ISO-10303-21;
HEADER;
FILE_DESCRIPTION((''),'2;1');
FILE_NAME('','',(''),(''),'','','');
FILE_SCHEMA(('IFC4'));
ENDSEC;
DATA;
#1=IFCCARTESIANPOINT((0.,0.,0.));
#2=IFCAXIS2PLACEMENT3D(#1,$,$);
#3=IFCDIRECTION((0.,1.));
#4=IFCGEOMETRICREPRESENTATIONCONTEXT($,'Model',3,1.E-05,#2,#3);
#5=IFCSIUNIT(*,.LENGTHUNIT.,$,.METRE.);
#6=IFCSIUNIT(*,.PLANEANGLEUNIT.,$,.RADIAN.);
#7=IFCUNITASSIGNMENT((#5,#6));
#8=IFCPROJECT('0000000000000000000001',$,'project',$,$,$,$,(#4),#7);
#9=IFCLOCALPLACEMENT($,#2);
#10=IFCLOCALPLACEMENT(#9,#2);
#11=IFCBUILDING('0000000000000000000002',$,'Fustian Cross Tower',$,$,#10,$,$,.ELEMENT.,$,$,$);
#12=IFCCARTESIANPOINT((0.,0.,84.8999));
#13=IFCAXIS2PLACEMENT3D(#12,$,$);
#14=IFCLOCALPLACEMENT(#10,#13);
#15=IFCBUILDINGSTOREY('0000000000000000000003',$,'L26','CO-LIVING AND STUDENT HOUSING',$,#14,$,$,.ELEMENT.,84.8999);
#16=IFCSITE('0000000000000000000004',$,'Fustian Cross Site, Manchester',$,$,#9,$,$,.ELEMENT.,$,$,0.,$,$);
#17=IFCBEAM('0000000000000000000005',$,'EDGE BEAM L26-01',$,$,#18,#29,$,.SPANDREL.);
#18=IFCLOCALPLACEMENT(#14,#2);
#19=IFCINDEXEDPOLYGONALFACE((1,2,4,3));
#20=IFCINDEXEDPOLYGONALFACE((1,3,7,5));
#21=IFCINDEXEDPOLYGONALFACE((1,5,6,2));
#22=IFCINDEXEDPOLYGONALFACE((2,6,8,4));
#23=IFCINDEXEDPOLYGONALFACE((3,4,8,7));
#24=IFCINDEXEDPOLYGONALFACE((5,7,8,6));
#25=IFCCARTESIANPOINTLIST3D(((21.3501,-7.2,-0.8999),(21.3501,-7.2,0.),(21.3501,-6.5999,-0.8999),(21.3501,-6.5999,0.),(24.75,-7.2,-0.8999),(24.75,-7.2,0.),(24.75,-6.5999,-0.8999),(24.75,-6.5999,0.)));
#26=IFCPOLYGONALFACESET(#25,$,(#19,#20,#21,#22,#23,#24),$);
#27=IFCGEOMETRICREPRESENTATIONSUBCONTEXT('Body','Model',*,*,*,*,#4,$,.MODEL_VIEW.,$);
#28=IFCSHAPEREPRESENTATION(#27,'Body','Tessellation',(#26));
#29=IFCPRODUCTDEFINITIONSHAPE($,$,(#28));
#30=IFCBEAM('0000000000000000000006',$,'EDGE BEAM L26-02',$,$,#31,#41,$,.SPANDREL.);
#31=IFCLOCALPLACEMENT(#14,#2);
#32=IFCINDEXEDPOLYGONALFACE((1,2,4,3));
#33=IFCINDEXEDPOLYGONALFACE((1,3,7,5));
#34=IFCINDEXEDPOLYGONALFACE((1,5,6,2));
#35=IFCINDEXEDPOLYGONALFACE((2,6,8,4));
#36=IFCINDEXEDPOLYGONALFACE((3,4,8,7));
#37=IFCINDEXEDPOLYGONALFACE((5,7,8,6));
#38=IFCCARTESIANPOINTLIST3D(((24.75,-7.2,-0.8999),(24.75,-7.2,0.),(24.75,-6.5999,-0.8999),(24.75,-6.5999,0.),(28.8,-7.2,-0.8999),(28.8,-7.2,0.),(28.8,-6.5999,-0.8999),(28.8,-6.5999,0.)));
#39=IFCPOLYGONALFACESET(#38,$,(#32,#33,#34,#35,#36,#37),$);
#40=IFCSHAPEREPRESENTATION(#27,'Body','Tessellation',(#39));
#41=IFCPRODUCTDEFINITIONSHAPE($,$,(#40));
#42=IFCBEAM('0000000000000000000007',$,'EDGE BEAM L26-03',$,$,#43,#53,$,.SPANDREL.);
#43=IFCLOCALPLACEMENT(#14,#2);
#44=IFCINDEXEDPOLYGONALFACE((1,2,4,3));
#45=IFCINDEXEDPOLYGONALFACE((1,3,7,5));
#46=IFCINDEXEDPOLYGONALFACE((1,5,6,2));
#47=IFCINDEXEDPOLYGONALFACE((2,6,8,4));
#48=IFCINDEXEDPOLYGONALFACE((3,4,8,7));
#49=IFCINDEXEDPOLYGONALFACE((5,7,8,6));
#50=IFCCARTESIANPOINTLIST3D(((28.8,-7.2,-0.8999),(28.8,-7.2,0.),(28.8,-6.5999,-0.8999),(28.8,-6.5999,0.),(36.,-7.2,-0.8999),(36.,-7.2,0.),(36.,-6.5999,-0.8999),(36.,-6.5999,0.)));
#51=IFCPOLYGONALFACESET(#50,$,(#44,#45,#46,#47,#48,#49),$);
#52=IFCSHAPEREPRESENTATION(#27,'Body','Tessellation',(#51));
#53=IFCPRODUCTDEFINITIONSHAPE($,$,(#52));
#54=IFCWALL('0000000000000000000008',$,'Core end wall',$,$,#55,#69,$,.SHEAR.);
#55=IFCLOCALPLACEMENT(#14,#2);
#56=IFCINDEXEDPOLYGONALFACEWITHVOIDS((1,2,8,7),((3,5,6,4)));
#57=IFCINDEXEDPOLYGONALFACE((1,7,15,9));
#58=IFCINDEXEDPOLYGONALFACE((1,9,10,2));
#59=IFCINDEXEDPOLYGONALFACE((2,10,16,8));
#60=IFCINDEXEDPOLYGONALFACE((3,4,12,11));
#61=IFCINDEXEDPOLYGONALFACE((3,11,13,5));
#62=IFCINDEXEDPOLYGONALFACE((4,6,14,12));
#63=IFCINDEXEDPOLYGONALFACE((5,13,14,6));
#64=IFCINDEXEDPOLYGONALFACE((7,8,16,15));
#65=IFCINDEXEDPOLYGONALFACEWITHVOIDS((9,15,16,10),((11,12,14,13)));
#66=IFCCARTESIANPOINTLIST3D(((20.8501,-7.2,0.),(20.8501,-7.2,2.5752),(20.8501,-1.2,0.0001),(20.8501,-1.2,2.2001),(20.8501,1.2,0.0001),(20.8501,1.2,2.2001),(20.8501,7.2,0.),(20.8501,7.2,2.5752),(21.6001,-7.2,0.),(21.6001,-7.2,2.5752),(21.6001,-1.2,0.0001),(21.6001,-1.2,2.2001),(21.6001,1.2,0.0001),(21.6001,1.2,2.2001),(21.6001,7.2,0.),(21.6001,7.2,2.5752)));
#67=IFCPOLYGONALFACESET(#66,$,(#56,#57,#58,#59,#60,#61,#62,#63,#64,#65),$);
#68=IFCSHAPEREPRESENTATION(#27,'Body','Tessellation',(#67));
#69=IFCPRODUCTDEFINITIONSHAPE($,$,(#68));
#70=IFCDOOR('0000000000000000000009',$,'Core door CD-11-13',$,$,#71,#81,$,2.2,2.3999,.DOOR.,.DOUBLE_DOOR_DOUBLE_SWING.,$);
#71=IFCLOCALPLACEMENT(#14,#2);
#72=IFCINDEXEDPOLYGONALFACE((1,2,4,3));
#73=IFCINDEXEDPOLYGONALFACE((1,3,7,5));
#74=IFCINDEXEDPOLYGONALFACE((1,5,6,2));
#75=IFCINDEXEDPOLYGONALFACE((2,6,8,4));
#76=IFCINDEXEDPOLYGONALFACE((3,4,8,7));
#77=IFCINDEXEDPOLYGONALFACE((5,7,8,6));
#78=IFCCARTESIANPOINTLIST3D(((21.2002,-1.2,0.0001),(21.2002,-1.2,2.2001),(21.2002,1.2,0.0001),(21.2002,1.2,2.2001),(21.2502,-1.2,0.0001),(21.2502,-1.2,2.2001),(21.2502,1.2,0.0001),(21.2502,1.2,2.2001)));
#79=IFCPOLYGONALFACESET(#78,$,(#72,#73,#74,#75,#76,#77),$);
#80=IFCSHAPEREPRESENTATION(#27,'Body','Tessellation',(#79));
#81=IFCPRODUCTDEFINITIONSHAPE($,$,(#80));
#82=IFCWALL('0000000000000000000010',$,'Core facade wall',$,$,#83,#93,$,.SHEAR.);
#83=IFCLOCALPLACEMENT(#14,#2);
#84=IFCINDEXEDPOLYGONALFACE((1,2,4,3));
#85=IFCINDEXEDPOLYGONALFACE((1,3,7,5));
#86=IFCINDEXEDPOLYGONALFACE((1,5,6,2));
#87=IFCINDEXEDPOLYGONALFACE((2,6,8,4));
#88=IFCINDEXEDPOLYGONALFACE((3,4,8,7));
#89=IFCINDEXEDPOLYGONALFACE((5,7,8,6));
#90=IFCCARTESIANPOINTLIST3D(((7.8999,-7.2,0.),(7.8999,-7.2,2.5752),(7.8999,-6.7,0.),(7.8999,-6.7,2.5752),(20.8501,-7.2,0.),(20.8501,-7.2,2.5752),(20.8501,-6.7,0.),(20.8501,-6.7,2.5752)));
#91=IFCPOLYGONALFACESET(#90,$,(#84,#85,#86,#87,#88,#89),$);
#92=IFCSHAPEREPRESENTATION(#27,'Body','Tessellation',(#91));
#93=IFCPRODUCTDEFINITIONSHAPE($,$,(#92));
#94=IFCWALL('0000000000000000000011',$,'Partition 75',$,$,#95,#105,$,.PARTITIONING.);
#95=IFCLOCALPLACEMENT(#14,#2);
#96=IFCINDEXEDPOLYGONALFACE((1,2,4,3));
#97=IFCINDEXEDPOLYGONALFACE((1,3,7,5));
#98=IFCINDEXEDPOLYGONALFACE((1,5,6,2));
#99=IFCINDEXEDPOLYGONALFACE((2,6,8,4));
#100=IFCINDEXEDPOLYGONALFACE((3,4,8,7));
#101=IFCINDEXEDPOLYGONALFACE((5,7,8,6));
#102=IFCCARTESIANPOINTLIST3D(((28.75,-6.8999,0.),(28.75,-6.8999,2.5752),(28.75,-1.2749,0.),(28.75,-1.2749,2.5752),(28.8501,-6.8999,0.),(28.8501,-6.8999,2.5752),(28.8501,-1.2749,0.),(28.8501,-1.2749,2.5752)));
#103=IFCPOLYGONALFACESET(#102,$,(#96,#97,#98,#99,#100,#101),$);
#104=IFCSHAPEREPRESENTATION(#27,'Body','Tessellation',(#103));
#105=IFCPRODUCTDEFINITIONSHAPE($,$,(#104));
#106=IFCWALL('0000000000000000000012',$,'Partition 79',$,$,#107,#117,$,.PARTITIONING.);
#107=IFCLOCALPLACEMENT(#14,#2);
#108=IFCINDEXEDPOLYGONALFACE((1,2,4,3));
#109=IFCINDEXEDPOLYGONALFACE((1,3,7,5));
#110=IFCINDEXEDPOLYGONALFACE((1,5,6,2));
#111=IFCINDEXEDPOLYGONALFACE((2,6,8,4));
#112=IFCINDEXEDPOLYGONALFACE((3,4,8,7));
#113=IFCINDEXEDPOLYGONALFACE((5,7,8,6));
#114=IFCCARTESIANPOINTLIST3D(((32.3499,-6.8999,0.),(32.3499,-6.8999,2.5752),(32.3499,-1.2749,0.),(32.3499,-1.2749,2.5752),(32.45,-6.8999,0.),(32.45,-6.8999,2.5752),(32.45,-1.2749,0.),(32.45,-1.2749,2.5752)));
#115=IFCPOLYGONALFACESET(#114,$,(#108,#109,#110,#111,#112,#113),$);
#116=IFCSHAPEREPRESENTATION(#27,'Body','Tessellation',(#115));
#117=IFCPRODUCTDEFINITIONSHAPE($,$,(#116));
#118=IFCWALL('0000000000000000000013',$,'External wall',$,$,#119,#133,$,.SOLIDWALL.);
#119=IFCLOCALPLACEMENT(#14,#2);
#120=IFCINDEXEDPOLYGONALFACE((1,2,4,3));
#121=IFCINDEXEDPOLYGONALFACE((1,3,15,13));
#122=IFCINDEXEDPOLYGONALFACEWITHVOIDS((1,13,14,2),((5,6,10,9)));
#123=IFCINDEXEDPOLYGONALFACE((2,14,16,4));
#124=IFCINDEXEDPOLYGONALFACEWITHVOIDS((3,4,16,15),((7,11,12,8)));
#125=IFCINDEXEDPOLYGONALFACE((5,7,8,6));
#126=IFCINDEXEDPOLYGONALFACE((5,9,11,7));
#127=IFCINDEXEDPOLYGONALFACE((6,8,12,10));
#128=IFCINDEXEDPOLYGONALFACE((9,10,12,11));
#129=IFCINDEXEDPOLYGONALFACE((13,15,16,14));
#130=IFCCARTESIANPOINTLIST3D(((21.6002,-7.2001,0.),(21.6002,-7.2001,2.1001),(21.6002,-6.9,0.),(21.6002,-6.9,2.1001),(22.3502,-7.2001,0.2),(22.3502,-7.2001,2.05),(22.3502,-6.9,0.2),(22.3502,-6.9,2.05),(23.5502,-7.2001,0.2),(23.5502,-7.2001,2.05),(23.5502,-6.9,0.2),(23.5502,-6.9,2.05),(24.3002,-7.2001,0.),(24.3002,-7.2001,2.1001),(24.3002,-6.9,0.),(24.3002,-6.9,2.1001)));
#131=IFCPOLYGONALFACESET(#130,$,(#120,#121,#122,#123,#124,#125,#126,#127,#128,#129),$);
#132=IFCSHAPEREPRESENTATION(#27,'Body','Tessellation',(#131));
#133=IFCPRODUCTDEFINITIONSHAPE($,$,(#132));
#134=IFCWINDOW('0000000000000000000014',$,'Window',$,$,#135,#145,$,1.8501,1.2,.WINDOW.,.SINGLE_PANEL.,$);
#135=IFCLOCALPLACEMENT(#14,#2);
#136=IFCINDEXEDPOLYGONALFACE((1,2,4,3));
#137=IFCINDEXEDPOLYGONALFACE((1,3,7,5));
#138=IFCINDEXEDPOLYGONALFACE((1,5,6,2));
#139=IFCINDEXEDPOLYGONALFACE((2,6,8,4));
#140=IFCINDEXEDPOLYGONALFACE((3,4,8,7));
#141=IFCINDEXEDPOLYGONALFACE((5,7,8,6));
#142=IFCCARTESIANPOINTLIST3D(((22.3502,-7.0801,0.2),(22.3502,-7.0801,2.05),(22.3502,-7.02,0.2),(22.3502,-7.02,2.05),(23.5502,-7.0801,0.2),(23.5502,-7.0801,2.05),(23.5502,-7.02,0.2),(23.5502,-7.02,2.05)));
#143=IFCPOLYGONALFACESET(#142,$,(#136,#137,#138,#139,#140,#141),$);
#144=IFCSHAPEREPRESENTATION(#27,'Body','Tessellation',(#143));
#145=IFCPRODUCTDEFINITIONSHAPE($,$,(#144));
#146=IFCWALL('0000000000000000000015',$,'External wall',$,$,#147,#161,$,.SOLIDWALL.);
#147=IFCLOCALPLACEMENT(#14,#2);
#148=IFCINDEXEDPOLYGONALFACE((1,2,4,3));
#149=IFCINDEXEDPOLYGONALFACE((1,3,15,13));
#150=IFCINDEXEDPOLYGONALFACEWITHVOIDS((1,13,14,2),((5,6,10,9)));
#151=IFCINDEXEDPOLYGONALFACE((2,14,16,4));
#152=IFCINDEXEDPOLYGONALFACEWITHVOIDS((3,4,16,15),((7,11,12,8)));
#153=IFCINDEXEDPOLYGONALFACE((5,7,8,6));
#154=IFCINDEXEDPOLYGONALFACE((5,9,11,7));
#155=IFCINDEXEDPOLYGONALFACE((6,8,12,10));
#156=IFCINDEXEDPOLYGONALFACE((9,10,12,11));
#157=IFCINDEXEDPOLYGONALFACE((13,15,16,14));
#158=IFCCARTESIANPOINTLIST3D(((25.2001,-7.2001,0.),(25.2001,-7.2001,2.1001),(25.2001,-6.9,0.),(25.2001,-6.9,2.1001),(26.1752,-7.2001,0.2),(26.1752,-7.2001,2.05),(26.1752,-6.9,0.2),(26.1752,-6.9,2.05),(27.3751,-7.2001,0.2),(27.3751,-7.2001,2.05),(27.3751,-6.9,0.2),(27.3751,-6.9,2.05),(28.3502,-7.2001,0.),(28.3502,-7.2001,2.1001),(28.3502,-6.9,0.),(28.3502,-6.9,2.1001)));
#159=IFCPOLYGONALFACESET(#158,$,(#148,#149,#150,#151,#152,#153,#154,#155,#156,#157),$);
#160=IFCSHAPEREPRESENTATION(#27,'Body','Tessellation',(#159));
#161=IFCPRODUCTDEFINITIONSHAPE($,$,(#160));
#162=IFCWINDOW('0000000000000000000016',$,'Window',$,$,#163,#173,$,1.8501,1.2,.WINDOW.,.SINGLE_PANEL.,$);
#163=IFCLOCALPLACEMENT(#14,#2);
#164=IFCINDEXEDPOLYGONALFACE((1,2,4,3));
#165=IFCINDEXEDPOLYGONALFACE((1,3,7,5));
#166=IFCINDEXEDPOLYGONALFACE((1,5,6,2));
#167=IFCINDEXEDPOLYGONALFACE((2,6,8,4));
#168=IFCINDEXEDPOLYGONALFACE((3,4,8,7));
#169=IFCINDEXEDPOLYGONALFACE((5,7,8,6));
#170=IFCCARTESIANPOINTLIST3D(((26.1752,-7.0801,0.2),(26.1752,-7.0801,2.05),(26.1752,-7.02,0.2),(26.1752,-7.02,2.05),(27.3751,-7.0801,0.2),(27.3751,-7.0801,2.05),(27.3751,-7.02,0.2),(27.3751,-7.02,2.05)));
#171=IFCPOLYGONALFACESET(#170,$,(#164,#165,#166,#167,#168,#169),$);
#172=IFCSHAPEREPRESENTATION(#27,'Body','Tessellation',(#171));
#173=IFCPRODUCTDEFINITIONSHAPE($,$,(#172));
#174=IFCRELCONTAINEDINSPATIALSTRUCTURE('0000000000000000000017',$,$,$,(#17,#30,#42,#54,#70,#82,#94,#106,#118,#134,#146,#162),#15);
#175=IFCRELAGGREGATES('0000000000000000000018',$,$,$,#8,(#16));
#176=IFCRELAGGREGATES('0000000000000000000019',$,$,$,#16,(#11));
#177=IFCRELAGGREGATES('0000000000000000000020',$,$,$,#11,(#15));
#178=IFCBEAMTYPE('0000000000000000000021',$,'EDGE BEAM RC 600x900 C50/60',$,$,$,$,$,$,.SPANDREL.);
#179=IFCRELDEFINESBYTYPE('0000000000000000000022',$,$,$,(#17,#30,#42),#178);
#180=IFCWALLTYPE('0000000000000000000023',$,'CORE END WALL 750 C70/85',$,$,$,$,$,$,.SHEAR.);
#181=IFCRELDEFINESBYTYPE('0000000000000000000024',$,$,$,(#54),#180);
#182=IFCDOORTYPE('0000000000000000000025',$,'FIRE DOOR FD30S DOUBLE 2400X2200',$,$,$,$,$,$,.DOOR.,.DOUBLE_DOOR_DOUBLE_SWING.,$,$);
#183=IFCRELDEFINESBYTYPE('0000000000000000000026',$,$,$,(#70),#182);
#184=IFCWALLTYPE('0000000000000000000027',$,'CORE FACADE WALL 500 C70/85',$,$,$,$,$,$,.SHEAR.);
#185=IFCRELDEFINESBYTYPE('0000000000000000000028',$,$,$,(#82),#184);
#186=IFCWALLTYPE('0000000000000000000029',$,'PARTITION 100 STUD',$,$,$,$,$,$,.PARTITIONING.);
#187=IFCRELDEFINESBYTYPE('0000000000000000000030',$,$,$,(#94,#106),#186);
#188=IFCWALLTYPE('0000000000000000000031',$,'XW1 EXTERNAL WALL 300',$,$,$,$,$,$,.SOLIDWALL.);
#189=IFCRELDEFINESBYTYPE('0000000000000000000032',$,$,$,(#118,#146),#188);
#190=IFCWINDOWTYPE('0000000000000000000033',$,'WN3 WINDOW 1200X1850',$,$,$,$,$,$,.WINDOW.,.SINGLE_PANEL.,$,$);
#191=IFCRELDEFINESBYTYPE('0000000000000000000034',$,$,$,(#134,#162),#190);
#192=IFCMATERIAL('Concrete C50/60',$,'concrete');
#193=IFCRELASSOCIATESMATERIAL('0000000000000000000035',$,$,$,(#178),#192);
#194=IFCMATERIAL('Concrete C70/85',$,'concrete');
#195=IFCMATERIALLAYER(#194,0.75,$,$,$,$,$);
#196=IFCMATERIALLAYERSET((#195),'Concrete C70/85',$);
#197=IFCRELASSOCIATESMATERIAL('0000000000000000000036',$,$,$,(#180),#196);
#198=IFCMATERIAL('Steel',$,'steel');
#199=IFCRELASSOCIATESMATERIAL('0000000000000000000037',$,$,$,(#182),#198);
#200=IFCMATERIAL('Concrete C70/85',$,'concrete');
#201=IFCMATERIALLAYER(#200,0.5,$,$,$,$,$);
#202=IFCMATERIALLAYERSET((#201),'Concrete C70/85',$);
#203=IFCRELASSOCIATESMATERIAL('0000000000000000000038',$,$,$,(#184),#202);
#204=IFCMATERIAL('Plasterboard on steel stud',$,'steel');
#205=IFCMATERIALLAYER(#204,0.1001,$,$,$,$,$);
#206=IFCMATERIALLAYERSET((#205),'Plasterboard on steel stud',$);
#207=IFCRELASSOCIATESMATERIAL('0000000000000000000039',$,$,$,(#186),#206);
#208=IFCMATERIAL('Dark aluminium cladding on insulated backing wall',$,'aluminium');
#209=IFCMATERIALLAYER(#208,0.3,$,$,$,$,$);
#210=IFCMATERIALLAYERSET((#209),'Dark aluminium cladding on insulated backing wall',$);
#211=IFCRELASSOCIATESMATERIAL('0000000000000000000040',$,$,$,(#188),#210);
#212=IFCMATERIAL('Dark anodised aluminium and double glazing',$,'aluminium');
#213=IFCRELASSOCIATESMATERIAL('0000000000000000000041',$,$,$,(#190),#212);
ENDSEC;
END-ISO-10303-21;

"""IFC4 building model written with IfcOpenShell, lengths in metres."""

from ifc_helpers import new_model, si_unit, direction, frame, frame_2d, origin, origin_2d, place, context, subcontext, project, spatial, rectangle, extrude, material, layer, layer_set, material_profile, profile_set, type_object, element, fill, save


model = new_model("IFC4")

# Units and contexts
model_context = context("Model", 3, precision=1e-05, world=origin(), true_north=direction((0.0, 1.0)))
body_context = subcontext(model_context, "Body", "Model", "MODEL_VIEW")
ifc_project = project(units=[si_unit("LENGTHUNIT", "METRE"), si_unit("PLANEANGLEUNIT", "RADIAN")], contexts=[model_context])

# Site, building, storey
site_placement = place(None, origin())
site = spatial("IfcSite", under=ifc_project, at=site_placement, Name="Fustian Cross Site, Manchester", CompositionType="ELEMENT", RefElevation=0.0)
building_placement = place(site_placement, origin())
building = spatial("IfcBuilding", under=site, at=building_placement, Name="Fustian Cross Tower", CompositionType="ELEMENT")
storey_placement = place(building_placement, frame((0.0, 0.0, 84.8999)))
storey = spatial("IfcBuildingStorey", under=building, at=storey_placement, Name="L26", Description="CO-LIVING AND STUDENT HOUSING", CompositionType="ELEMENT", Elevation=84.8999)

# Beams
ifc_material_1 = material(Name="Concrete C50/60", Category="concrete")
ifc_material_profile = material_profile(ifc_material_1, rectangle(XDim=0.6001, YDim=0.8999, at=origin_2d()), Name="RC 600x900")
ifc_profile_set = profile_set([ifc_material_profile], Name="Concrete C50/60")
beam_type = type_object("IfcBeamType", Name="EDGE BEAM RC 600x900 C50/60", PredefinedType="SPANDREL", material=ifc_profile_set)
beam_1_placement = place(storey_placement, frame((21.3501, -6.8999, -0.45), z_axis=(1.0, 0.0, 0.0), x_axis=(0.0, 1.0, 0.0)))
element("IfcBeam", 1, at=beam_1_placement, inside=storey, type_object=beam_type, Name="EDGE BEAM L26-01", PredefinedType="SPANDREL", context=body_context, shape_type="SweptSolid", body=[
    extrude(rectangle(XDim=0.6001, YDim=0.8999, at=origin_2d()), origin(), (0.0, 0.0, 1.0), 3.3999),
])
beam_2_placement = place(storey_placement, frame((24.75, -6.8999, -0.45), z_axis=(1.0, 0.0, 0.0), x_axis=(0.0, 1.0, 0.0)))
element("IfcBeam", 2, at=beam_2_placement, inside=storey, type_object=beam_type, Name="EDGE BEAM L26-02", PredefinedType="SPANDREL", context=body_context, shape_type="SweptSolid", body=[
    extrude(rectangle(XDim=0.6001, YDim=0.8999, at=origin_2d()), origin(), (0.0, 0.0, 1.0), 4.05),
])
beam_3_placement = place(storey_placement, frame((28.8, -6.8999, -0.45), z_axis=(1.0, 0.0, 0.0), x_axis=(0.0, 1.0, 0.0)))
element("IfcBeam", 3, at=beam_3_placement, inside=storey, type_object=beam_type, Name="EDGE BEAM L26-03", PredefinedType="SPANDREL", context=body_context, shape_type="SweptSolid", body=[
    extrude(rectangle(XDim=0.6001, YDim=0.8999, at=origin_2d()), origin(), (0.0, 0.0, 1.0), 7.2),
])

# Wall, opening, door
ifc_material_2 = material(Name="Concrete C70/85", Category="concrete")
ifc_layer_1 = layer(ifc_material_2, 0.75)
ifc_layer_set_1 = layer_set([ifc_layer_1], Name="Concrete C70/85")
wall_type_1 = type_object("IfcWallType", Name="CORE END WALL 750 C70/85", PredefinedType="SHEAR", material=ifc_layer_set_1)
wall_1_placement = place(storey_placement, frame((21.2251, -7.2, 0.0), z_axis=(0.0, 0.0, 1.0), x_axis=(0.0, 1.0, 0.0)))
wall_1 = element("IfcWall", 4, at=wall_1_placement, inside=storey, type_object=wall_type_1, Name="Core end wall", PredefinedType="SHEAR", context=body_context, shape_type="SweptSolid", body=[
    extrude(rectangle(XDim=14.3999, YDim=0.75, at=frame_2d((7.2, 0.0))), origin(), (0.0, 0.0, 1.0), 2.5752),
])
opening_1_placement = place(wall_1_placement, frame((6.0, 0.0, 0.0)))
opening_1 = element("IfcOpeningElement", 5, at=opening_1_placement, cuts=wall_1, PredefinedType="OPENING", context=body_context, shape_type="SweptSolid", body=[
    extrude(rectangle(XDim=2.3999, YDim=2.2, at=frame_2d((1.2, 1.1001))), frame((0.0, 0.385, 0.0), z_axis=(0.0, -1.0, 0.0), x_axis=(1.0, 0.0, 0.0)), (0.0, 0.0, 1.0), 0.77),
])
ifc_material_3 = material(Name="Steel", Category="steel")
door_type = type_object("IfcDoorType", Name="FIRE DOOR FD30S DOUBLE 2400X2200", OperationType="DOUBLE_DOOR_DOUBLE_SWING", PredefinedType="DOOR", material=ifc_material_3)
door_placement = place(opening_1_placement, origin())
door = element("IfcDoor", 6, at=door_placement, inside=storey, type_object=door_type, Name="Core door CD-11-13", OperationType="DOUBLE_DOOR_DOUBLE_SWING", OverallHeight=2.2, OverallWidth=2.3999, PredefinedType="DOOR", context=body_context, shape_type="SweptSolid", body=[
    extrude(rectangle(XDim=2.3999, YDim=2.2, at=frame_2d((1.2, 1.1001))), frame((0.0, 0.0249, 0.0), z_axis=(0.0, -1.0, 0.0), x_axis=(1.0, 0.0, 0.0)), (0.0, 0.0, 1.0), 0.05),
])
fill(opening_1, door)

# Walls
ifc_material_4 = material(Name="Concrete C70/85", Category="concrete")
ifc_layer_2 = layer(ifc_material_4, 0.5)
ifc_layer_set_2 = layer_set([ifc_layer_2], Name="Concrete C70/85")
wall_type_2 = type_object("IfcWallType", Name="CORE FACADE WALL 500 C70/85", PredefinedType="SHEAR", material=ifc_layer_set_2)
wall_2_placement = place(storey_placement, frame((7.8999, -6.95, 0.0), z_axis=(0.0, 0.0, 1.0), x_axis=(1.0, 0.0, 0.0)))
element("IfcWall", 7, at=wall_2_placement, inside=storey, type_object=wall_type_2, Name="Core facade wall", PredefinedType="SHEAR", context=body_context, shape_type="SweptSolid", body=[
    extrude(rectangle(XDim=12.9502, YDim=0.5, at=frame_2d((6.4751, 0.0))), origin(), (0.0, 0.0, 1.0), 2.5752),
])
ifc_material_5 = material(Name="Plasterboard on steel stud", Category="steel")
ifc_layer_3 = layer(ifc_material_5, 0.1001)
ifc_layer_set_3 = layer_set([ifc_layer_3], Name="Plasterboard on steel stud")
wall_type_3 = type_object("IfcWallType", Name="PARTITION 100 STUD", PredefinedType="PARTITIONING", material=ifc_layer_set_3)
for number, where, z_axis, x_axis, name in (
    (8, (28.8, -6.8999, 0.0), (0.0, 0.0, 1.0), (0.0, 1.0, 0.0), "Partition 75"),
    (9, (32.3999, -6.8999, 0.0), (0.0, 0.0, 1.0), (0.0, 1.0, 0.0), "Partition 79"),
):
    element("IfcWall", number, at=place(storey_placement, frame(where, z_axis=z_axis, x_axis=x_axis)), inside=storey, type_object=wall_type_3, Name=name, PredefinedType="PARTITIONING", context=body_context, shape_type="SweptSolid", body=[
        extrude(rectangle(XDim=5.625, YDim=0.1001, at=frame_2d((2.8125, 0.0))), origin(), (0.0, 0.0, 1.0), 2.5752),
    ])

# Walls, openings, windows
ifc_material_6 = material(Name="Dark aluminium cladding on insulated backing wall", Category="aluminium")
ifc_layer_4 = layer(ifc_material_6, 0.3)
ifc_layer_set_4 = layer_set([ifc_layer_4], Name="Dark aluminium cladding on insulated backing wall")
wall_type_4 = type_object("IfcWallType", Name="XW1 EXTERNAL WALL 300", PredefinedType="SOLIDWALL", material=ifc_layer_set_4)
wall_3_placement = place(storey_placement, frame((21.6001, -7.05, 0.0), z_axis=(0.0, 0.0, 1.0), x_axis=(1.0, 0.0, 0.0)))
wall_3 = element("IfcWall", 10, at=wall_3_placement, inside=storey, type_object=wall_type_4, Name="External wall", PredefinedType="SOLIDWALL", context=body_context, shape_type="SweptSolid", body=[
    extrude(rectangle(XDim=2.7, YDim=0.3, at=frame_2d((1.3501, 0.0))), origin(), (0.0, 0.0, 1.0), 2.1001),
])
opening_2_placement = place(wall_3_placement, frame((0.75, 0.0, 0.2)))
opening_2 = element("IfcOpeningElement", 11, at=opening_2_placement, cuts=wall_3, PredefinedType="OPENING", context=body_context, shape_type="SweptSolid", body=[
    extrude(rectangle(XDim=1.2, YDim=1.8501, at=frame_2d((0.6001, 0.925))), frame((0.0, 0.1599, 0.0), z_axis=(0.0, -1.0, 0.0), x_axis=(1.0, 0.0, 0.0)), (0.0, 0.0, 1.0), 0.3201),
])
ifc_material_7 = material(Name="Dark anodised aluminium and double glazing", Category="aluminium")
window_type = type_object("IfcWindowType", Name="WN3 WINDOW 1200X1850", PartitioningType="SINGLE_PANEL", PredefinedType="WINDOW", material=ifc_material_7)
window_1_placement = place(opening_2_placement, origin())
window_1 = element("IfcWindow", 12, at=window_1_placement, inside=storey, type_object=window_type, Name="Window", OverallHeight=1.8501, OverallWidth=1.2, PartitioningType="SINGLE_PANEL", PredefinedType="WINDOW", context=body_context, shape_type="SweptSolid", body=[
    extrude(rectangle(XDim=1.2, YDim=1.8501, at=frame_2d((0.6001, 0.925))), frame((0.0, 0.03, 0.0), z_axis=(0.0, -1.0, 0.0), x_axis=(1.0, 0.0, 0.0)), (0.0, 0.0, 1.0), 0.0601),
])
fill(opening_2, window_1)
wall_4_placement = place(storey_placement, frame((25.2, -7.05, 0.0), z_axis=(0.0, 0.0, 1.0), x_axis=(1.0, 0.0, 0.0)))
wall_4 = element("IfcWall", 13, at=wall_4_placement, inside=storey, type_object=wall_type_4, Name="External wall", PredefinedType="SOLIDWALL", context=body_context, shape_type="SweptSolid", body=[
    extrude(rectangle(XDim=3.1501, YDim=0.3, at=frame_2d((1.5752, 0.0))), origin(), (0.0, 0.0, 1.0), 2.1001),
])
opening_3_placement = place(wall_4_placement, frame((0.9751, 0.0, 0.2)))
opening_3 = element("IfcOpeningElement", 14, at=opening_3_placement, cuts=wall_4, PredefinedType="OPENING", context=body_context, shape_type="SweptSolid", body=[
    extrude(rectangle(XDim=1.2, YDim=1.8501, at=frame_2d((0.6001, 0.925))), frame((0.0, 0.1599, 0.0), z_axis=(0.0, -1.0, 0.0), x_axis=(1.0, 0.0, 0.0)), (0.0, 0.0, 1.0), 0.3201),
])
window_2_placement = place(opening_3_placement, origin())
window_2 = element("IfcWindow", 15, at=window_2_placement, inside=storey, type_object=window_type, Name="Window", OverallHeight=1.8501, OverallWidth=1.2, PartitioningType="SINGLE_PANEL", PredefinedType="WINDOW", context=body_context, shape_type="SweptSolid", body=[
    extrude(rectangle(XDim=1.2, YDim=1.8501, at=frame_2d((0.6001, 0.925))), frame((0.0, 0.03, 0.0), z_axis=(0.0, -1.0, 0.0), x_axis=(1.0, 0.0, 0.0)), (0.0, 0.0, 1.0), 0.0601),
])
fill(opening_3, window_2)

save(model, "model.ifc")
